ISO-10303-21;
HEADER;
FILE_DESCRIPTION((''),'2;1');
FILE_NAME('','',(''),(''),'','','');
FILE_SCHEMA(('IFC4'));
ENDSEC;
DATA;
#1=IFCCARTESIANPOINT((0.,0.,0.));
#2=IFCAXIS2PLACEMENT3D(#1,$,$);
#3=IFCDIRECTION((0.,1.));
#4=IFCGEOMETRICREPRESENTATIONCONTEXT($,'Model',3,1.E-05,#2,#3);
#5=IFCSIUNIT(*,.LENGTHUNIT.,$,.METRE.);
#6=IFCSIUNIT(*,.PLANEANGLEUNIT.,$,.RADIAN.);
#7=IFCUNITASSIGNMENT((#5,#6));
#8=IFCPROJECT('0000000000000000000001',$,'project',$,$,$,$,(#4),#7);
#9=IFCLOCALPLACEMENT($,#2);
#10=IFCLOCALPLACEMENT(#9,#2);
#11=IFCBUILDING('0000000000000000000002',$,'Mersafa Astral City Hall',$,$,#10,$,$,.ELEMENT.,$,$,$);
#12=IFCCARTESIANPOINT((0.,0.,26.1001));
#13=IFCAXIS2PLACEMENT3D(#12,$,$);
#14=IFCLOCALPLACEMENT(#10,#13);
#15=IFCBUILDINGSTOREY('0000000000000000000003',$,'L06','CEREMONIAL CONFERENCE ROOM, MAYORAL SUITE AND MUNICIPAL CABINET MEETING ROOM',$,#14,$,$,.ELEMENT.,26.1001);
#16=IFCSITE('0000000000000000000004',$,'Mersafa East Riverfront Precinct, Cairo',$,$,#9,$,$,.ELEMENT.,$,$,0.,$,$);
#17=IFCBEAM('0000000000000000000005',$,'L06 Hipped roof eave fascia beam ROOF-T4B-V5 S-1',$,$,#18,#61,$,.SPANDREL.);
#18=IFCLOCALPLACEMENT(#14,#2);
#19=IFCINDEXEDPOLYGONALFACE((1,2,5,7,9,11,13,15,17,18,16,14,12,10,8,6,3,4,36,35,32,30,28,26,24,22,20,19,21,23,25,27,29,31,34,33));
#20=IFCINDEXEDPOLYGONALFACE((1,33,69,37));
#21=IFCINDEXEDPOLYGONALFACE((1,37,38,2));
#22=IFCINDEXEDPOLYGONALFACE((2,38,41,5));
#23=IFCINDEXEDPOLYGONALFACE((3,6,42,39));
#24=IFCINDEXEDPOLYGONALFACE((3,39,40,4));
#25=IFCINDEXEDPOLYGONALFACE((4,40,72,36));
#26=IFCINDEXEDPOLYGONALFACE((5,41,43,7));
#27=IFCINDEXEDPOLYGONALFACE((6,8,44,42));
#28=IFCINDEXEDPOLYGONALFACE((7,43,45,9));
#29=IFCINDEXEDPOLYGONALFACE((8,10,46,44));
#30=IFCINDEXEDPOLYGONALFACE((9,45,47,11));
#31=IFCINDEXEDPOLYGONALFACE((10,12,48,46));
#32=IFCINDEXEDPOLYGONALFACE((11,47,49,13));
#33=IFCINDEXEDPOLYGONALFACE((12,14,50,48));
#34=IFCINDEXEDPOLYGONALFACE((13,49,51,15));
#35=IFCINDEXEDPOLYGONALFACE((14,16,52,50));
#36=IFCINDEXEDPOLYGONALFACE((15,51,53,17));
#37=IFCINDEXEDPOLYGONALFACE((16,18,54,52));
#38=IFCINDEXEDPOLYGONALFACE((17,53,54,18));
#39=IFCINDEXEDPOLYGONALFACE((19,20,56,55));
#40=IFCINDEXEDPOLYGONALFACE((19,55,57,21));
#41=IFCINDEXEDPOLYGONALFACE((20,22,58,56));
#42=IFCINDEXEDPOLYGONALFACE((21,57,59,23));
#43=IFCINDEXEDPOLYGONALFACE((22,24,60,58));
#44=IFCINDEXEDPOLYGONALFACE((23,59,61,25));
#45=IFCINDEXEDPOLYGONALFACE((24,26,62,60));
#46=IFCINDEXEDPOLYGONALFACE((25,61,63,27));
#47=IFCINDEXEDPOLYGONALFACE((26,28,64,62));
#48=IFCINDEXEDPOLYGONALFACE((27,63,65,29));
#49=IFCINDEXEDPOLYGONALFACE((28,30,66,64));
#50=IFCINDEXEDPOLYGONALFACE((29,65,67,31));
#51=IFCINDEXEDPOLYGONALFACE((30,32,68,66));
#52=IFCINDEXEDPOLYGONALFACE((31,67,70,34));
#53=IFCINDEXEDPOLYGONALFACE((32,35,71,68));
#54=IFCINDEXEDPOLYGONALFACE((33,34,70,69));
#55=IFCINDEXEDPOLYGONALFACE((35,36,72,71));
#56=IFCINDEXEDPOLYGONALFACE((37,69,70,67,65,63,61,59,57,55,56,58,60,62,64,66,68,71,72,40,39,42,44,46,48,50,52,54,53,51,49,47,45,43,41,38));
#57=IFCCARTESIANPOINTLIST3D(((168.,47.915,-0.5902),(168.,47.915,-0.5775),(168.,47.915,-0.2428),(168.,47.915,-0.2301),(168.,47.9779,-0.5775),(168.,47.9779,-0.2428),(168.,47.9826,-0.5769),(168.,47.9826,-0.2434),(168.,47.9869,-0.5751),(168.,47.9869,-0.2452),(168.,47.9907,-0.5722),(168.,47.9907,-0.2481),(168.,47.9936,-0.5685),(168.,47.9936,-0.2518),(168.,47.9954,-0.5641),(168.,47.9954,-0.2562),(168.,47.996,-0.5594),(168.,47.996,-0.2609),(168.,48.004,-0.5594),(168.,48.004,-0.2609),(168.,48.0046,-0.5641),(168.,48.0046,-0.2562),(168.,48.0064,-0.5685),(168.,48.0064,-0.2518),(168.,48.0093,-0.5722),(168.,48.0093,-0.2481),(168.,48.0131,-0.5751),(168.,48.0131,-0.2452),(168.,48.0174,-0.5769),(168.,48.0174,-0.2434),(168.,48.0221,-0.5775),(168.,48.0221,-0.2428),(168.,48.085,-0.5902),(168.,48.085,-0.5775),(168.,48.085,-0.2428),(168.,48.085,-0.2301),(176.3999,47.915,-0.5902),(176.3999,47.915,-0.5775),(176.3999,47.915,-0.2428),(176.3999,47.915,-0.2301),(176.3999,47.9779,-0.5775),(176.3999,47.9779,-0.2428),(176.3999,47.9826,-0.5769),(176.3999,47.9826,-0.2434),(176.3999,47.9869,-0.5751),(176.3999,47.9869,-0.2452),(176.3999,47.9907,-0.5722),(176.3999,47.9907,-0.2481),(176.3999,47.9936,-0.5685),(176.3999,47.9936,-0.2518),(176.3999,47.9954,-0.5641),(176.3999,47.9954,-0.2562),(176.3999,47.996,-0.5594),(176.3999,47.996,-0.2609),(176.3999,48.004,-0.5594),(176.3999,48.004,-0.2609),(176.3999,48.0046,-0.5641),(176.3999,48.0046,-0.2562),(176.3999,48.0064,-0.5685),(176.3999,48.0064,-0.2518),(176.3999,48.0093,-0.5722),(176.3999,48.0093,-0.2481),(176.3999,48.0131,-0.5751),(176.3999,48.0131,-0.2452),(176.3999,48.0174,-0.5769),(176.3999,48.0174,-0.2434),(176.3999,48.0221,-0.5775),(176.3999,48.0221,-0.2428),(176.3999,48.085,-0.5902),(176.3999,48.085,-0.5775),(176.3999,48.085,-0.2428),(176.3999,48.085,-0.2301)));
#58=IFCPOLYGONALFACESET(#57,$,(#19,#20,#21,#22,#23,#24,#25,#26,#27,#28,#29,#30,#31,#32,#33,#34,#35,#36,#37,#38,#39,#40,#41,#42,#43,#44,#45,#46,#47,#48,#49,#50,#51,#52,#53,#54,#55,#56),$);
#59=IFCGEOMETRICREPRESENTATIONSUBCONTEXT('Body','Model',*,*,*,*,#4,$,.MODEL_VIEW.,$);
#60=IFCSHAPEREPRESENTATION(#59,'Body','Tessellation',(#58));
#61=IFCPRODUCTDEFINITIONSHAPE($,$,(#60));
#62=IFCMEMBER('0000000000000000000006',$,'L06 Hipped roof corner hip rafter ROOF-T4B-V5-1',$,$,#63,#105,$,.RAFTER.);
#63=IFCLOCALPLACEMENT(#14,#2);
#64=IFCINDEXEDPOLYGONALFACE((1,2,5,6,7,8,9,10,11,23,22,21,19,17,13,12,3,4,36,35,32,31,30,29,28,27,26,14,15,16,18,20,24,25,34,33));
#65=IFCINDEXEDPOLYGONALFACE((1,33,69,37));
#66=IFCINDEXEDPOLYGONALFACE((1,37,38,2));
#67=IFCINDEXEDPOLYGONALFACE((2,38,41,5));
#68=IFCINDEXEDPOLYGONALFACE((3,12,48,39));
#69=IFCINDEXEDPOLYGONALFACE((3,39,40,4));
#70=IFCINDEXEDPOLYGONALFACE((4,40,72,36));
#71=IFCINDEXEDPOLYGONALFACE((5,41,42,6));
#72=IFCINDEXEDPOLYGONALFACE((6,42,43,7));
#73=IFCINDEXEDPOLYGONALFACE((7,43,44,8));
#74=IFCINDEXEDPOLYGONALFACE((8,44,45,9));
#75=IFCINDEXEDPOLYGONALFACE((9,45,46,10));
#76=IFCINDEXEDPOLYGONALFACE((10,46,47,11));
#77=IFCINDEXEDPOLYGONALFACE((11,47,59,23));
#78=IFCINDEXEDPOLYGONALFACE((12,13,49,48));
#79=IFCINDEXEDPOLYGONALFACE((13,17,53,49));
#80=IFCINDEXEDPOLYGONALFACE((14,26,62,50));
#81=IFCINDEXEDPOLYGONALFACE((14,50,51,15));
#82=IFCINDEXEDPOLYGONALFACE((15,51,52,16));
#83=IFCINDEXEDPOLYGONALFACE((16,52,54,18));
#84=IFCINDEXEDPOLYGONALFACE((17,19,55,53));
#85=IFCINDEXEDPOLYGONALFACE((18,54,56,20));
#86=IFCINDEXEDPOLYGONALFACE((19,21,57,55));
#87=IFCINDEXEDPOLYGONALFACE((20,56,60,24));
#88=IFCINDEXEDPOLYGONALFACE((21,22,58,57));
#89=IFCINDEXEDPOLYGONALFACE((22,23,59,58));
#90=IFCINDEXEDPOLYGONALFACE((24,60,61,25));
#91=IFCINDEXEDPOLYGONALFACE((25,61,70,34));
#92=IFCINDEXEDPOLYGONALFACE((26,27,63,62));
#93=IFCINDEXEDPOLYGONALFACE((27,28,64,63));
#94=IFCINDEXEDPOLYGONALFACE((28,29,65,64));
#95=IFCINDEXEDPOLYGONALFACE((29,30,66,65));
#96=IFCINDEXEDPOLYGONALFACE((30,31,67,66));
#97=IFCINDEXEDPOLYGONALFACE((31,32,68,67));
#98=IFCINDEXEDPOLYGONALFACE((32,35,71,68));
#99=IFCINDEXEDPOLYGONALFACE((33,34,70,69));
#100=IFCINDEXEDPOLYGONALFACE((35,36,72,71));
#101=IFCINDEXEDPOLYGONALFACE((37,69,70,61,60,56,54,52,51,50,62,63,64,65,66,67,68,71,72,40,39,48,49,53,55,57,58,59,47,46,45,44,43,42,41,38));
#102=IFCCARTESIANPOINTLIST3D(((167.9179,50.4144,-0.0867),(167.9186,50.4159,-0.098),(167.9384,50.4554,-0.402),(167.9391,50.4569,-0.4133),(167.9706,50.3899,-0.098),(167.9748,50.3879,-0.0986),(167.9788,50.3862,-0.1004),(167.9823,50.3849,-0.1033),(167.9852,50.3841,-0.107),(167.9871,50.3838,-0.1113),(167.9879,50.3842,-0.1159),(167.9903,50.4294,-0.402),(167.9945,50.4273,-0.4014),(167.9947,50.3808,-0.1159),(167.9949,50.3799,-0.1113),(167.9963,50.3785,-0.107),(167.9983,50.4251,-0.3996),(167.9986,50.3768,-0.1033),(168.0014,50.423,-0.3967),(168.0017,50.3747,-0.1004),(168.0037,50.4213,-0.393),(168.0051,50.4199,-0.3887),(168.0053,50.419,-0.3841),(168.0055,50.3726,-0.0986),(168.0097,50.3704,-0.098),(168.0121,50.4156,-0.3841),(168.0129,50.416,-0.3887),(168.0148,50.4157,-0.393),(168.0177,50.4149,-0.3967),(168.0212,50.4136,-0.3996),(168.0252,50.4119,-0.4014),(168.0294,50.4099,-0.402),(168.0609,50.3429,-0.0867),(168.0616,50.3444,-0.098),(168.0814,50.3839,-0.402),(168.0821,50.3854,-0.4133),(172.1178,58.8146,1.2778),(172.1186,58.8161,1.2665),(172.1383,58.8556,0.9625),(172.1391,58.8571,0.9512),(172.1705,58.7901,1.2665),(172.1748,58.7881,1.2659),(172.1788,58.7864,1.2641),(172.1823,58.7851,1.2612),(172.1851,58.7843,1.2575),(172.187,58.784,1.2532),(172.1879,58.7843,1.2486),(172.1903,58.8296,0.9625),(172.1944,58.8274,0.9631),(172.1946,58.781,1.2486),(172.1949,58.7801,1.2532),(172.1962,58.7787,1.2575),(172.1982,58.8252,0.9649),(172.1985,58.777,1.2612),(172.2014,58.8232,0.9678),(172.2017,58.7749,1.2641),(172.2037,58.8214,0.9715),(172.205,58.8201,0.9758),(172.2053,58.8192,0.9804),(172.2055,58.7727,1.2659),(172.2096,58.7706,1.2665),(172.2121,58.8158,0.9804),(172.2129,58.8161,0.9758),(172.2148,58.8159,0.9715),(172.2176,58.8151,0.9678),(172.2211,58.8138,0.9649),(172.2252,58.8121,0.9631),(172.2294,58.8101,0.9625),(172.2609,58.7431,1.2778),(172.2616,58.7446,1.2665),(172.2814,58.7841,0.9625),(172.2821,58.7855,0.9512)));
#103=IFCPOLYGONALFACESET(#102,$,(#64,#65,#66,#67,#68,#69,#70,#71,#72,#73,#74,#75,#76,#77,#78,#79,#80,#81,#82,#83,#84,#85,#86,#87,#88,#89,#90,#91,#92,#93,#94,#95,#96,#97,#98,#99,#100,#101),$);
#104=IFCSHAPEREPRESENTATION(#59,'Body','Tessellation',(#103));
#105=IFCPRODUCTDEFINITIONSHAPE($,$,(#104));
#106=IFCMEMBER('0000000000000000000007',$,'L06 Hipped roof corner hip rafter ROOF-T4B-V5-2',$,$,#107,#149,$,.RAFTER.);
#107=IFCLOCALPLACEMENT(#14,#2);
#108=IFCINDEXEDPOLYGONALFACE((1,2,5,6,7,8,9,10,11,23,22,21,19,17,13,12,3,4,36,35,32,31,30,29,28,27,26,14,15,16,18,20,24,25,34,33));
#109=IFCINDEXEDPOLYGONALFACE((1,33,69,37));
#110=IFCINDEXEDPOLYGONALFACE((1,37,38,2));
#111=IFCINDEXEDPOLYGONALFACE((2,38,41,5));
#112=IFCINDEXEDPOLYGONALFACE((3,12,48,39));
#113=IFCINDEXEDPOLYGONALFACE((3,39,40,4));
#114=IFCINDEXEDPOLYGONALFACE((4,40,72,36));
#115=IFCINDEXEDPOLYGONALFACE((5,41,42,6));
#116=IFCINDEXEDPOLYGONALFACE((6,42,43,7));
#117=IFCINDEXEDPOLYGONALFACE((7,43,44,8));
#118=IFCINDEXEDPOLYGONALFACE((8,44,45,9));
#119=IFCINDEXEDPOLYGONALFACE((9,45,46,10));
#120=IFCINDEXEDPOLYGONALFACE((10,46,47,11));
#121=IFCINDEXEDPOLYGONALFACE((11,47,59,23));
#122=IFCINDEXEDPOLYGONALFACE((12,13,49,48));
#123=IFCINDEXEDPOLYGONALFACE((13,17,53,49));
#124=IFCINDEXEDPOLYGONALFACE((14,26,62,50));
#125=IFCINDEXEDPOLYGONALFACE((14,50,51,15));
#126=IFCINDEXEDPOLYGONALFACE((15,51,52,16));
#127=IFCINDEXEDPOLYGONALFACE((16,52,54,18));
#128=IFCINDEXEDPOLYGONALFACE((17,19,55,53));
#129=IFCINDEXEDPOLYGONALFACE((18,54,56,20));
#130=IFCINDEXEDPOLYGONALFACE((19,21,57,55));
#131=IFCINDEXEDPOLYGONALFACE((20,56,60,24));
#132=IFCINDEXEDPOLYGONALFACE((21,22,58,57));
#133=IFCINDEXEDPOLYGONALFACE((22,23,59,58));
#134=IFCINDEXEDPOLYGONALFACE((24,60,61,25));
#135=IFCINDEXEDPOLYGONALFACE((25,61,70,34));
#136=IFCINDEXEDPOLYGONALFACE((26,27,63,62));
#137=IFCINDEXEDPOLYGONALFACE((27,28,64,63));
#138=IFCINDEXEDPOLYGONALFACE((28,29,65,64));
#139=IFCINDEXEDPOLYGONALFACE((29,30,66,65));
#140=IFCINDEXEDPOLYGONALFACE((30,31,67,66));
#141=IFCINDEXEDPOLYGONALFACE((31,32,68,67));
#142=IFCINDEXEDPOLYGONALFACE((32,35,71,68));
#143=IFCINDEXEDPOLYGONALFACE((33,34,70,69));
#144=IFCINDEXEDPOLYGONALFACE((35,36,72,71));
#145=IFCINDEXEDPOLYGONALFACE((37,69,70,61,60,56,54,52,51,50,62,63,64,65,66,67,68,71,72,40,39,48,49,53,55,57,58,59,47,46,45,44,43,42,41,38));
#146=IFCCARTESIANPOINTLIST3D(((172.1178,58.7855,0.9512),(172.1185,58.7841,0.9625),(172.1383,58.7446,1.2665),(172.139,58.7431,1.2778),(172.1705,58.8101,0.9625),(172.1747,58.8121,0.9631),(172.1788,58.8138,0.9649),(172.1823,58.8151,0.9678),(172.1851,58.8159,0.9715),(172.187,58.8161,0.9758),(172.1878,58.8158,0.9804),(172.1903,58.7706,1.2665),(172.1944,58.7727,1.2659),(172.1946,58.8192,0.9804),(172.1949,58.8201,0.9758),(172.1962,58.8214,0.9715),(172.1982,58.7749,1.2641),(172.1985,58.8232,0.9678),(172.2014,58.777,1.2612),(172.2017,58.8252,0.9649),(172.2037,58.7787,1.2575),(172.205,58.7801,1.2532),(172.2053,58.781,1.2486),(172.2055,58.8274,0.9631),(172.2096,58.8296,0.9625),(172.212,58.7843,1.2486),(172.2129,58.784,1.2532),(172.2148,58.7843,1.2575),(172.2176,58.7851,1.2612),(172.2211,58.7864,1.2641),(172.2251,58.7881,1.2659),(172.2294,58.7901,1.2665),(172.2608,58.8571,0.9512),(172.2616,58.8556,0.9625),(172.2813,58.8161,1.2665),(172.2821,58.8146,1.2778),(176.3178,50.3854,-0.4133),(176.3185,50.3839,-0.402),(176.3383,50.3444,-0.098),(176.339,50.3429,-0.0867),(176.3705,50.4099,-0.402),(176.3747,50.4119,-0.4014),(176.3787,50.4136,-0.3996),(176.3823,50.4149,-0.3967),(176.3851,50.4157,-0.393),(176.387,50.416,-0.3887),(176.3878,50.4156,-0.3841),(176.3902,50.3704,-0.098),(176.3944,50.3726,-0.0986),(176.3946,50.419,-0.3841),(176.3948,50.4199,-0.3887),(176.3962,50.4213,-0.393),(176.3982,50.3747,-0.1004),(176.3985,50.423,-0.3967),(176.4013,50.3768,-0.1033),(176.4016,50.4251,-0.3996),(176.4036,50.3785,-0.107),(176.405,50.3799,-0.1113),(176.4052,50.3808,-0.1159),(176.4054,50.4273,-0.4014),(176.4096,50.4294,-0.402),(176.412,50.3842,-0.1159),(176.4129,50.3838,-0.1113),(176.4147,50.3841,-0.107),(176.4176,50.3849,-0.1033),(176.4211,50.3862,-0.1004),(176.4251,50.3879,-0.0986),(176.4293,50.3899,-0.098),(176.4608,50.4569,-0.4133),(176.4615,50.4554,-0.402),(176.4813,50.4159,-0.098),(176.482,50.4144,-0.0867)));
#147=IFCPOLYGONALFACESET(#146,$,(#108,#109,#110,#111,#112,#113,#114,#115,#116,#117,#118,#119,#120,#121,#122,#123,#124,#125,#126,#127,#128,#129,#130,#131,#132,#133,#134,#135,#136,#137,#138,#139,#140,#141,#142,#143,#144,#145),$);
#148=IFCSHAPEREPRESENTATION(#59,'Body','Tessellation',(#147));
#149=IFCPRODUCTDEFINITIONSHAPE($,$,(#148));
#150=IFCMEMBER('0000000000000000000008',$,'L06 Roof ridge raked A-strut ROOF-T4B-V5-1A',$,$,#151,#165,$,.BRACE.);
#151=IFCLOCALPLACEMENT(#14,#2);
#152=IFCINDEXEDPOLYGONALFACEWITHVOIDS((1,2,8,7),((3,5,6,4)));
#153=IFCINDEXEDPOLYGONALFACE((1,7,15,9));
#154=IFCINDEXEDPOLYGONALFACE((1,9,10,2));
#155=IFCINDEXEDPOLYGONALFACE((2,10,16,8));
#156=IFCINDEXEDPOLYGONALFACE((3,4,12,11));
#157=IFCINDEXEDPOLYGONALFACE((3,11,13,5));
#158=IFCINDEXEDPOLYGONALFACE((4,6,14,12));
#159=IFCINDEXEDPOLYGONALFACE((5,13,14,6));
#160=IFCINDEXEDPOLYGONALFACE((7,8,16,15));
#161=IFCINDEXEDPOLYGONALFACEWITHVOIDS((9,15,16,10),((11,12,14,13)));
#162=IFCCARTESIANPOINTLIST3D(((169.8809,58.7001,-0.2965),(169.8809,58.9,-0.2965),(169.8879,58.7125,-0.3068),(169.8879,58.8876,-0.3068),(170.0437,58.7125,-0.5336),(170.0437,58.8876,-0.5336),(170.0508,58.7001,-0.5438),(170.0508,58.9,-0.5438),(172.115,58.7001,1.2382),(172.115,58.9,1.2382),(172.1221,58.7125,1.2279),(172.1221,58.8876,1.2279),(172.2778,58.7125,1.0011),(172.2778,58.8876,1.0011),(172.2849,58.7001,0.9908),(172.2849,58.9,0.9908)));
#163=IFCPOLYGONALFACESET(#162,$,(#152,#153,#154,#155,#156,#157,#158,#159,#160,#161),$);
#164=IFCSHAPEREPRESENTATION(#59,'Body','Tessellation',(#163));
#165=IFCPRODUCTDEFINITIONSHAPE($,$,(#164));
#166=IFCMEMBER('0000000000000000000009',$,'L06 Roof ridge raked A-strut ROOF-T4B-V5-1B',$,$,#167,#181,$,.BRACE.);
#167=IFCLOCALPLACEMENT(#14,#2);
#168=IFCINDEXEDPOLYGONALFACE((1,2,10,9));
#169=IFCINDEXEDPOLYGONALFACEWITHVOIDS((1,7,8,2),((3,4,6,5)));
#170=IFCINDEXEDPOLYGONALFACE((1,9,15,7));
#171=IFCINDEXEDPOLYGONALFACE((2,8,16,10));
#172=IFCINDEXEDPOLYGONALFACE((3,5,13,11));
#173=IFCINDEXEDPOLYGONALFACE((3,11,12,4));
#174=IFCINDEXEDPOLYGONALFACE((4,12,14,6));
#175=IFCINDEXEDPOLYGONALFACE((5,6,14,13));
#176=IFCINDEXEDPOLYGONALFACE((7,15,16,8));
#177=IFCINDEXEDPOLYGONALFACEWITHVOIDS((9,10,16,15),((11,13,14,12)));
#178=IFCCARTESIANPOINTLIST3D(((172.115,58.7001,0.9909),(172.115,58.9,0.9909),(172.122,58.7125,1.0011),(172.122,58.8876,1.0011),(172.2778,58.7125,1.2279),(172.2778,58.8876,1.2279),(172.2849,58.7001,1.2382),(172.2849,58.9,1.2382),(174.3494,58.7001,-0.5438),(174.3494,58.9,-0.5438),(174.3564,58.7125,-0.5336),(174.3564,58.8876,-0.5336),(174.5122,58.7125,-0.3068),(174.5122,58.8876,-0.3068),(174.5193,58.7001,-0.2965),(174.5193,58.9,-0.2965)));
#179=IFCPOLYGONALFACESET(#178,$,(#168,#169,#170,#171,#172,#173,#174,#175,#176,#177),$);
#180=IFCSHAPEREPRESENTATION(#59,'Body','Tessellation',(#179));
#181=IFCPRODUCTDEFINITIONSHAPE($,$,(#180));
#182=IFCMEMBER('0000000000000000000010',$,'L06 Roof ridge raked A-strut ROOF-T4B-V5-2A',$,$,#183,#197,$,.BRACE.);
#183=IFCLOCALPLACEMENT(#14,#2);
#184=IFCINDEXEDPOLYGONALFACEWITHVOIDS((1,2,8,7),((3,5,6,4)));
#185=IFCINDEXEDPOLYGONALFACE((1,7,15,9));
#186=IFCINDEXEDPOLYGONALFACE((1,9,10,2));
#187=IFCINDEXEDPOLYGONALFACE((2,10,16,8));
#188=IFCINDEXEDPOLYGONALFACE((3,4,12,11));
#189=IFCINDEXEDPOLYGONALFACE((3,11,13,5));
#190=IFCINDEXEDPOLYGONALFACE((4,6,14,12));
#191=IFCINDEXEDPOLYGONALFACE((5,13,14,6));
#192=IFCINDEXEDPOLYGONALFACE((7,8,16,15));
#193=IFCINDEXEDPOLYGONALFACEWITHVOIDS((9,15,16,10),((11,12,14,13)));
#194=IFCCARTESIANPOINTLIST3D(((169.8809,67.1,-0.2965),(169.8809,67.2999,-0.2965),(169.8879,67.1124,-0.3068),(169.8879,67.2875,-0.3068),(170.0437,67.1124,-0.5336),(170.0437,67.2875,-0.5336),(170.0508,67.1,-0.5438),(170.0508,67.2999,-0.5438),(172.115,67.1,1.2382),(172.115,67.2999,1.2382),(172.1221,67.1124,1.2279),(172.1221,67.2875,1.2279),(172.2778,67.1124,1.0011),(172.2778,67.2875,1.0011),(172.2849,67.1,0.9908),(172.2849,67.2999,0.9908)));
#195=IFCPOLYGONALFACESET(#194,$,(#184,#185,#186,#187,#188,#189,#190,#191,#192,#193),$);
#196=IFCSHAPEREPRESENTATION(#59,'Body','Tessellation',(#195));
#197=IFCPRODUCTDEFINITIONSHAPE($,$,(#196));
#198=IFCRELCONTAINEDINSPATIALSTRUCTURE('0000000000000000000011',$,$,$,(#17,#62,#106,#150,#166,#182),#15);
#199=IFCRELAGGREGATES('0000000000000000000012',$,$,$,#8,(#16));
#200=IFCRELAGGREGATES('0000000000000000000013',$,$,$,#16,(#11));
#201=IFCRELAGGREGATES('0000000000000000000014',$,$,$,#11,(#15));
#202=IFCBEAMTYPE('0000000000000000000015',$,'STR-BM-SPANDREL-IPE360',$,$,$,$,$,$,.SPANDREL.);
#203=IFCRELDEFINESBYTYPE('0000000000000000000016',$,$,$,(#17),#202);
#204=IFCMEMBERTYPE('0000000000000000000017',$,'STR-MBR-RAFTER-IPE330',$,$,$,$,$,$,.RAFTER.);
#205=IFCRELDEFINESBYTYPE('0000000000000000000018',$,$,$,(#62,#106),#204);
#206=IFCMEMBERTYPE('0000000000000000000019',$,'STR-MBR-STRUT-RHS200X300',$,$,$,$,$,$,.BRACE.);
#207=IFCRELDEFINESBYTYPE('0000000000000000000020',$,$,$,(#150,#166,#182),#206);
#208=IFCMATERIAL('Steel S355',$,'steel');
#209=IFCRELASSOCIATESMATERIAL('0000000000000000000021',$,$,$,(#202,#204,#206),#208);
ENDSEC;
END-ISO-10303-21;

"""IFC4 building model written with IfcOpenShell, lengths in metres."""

from ifc_helpers import new_model, si_unit, direction, frame, origin, origin_2d, place, context, subcontext, project, spatial, hollow_rectangle, i_section, extrude, material, material_profile, profile_set, type_object, element, save


model = new_model("IFC4")

# Units and contexts
model_context = context("Model", 3, precision=1e-05, world=origin(), true_north=direction((0.0, 1.0)))
body_context = subcontext(model_context, "Body", "Model", "MODEL_VIEW")
ifc_project = project(units=[si_unit("LENGTHUNIT", "METRE"), si_unit("PLANEANGLEUNIT", "RADIAN")], contexts=[model_context])

# Site, building, storey
site_placement = place(None, origin())
site = spatial("IfcSite", under=ifc_project, at=site_placement, Name="Mersafa East Riverfront Precinct, Cairo", CompositionType="ELEMENT", RefElevation=0.0)
building_placement = place(site_placement, origin())
building = spatial("IfcBuilding", under=site, at=building_placement, Name="Mersafa Astral City Hall", CompositionType="ELEMENT")
storey_placement = place(building_placement, frame((0.0, 0.0, 26.1001)))
storey = spatial("IfcBuildingStorey", under=building, at=storey_placement, Name="L06", Description="CEREMONIAL CONFERENCE ROOM, MAYORAL SUITE AND MUNICIPAL CABINET MEETING ROOM", CompositionType="ELEMENT", Elevation=26.1001)

# Beam
ifc_material_1 = material(Name="Steel S355", Category="steel")
ifc_material_profile_1 = material_profile(ifc_material_1, i_section(OverallWidth=0.1699, OverallDepth=0.3601, WebThickness=0.0081, FlangeThickness=0.0127, FilletRadius=0.0181, at=origin_2d()), Name="IPE 360")
ifc_profile_set_1 = profile_set([ifc_material_profile_1], Name="Steel S355")
beam_type_1 = type_object("IfcBeamType", Name="STR-BM-SPANDREL-IPE360", PredefinedType="SPANDREL", material=ifc_profile_set_1)
beam_1_placement = place(storey_placement, frame((168.0, 48.0, -0.4102), z_axis=(1.0, 0.0, 0.0), x_axis=(0.0, 1.0, 0.0)))
element("IfcBeam", 1, at=beam_1_placement, inside=storey, type_object=beam_type_1, Name="L06 Hipped roof eave fascia beam ROOF-T4B-V5 S-1", PredefinedType="SPANDREL", context=body_context, shape_type="SweptSolid", body=[
    extrude(i_section(OverallWidth=0.1699, OverallDepth=0.3601, WebThickness=0.0081, FlangeThickness=0.0127, FilletRadius=0.0181, at=origin_2d()), origin(), (0.0, 0.0, 1.0), 8.3999),
])

# Members
ifc_material_profile_2 = material_profile(ifc_material_1, i_section(OverallWidth=0.1599, OverallDepth=0.3301, WebThickness=0.0076, FlangeThickness=0.0115, FilletRadius=0.0181, at=origin_2d()), Name="IPE 330")
ifc_profile_set_2 = profile_set([ifc_material_profile_2], Name="Steel S355")
member_type_1 = type_object("IfcMemberType", Name="STR-MBR-RAFTER-IPE330", PredefinedType="RAFTER", material=ifc_profile_set_2)
for number, where, z_axis, x_axis, name in (
    (2, (168.0, 50.3999, -0.25), (0.442557, 0.885139, 0.14378), (-0.894432, 0.447203, 0.0), "L06 Hipped roof corner hip rafter ROOF-T4B-V5-1"),
    (3, (176.3999, 50.3999, -0.25), (-0.442557, 0.885139, 0.14378), (-0.894432, -0.447203, 0.0), "L06 Hipped roof corner hip rafter ROOF-T4B-V5-2"),
):
    element("IfcMember", number, at=place(storey_placement, frame(where, z_axis=z_axis, x_axis=x_axis)), inside=storey, type_object=member_type_1, Name=name, PredefinedType="RAFTER", context=body_context, shape_type="SweptSolid", body=[
        extrude(i_section(OverallWidth=0.1599, OverallDepth=0.3301, WebThickness=0.0076, FlangeThickness=0.0115, FilletRadius=0.0181, at=origin_2d()), origin(), (0.0, 0.0, 1.0), 9.4902),
    ])
ifc_material_profile_3 = material_profile(ifc_material_1, hollow_rectangle(XDim=0.2, YDim=0.3, WallThickness=0.0125, at=origin_2d()), Name="RHS 200x300x12.5")
ifc_profile_set_3 = profile_set([ifc_material_profile_3], Name="Steel S355")
member_type_2 = type_object("IfcMemberType", Name="STR-MBR-STRUT-RHS200X300", PredefinedType="BRACE", material=ifc_profile_set_3)
member_1_placement = place(storey_placement, frame((169.9658, 58.8, -0.4202), z_axis=(0.824265, 0.0, 0.566204), x_axis=(0.0, 1.0, 0.0)))
element("IfcMember", 4, at=member_1_placement, inside=storey, type_object=member_type_2, Name="L06 Roof ridge raked A-strut ROOF-T4B-V5-1A", PredefinedType="BRACE", context=body_context, shape_type="SweptSolid", body=[
    extrude(hollow_rectangle(XDim=0.2, YDim=0.3, WallThickness=0.0125, at=origin_2d()), origin(), (0.0, 0.0, 1.0), 2.7104),
])
member_2_placement = place(storey_placement, frame((174.4343, 58.8, -0.4202), z_axis=(-0.824294, 0.0, 0.566162), x_axis=(0.0, -1.0, 0.0)))
element("IfcMember", 5, at=member_2_placement, inside=storey, type_object=member_type_2, Name="L06 Roof ridge raked A-strut ROOF-T4B-V5-1B", PredefinedType="BRACE", context=body_context, shape_type="SweptSolid", body=[
    extrude(hollow_rectangle(XDim=0.2, YDim=0.3, WallThickness=0.0125, at=origin_2d()), origin(), (0.0, 0.0, 1.0), 2.7107),
])
member_3_placement = place(storey_placement, frame((169.9658, 67.2, -0.4202), z_axis=(0.824265, 0.0, 0.566204), x_axis=(0.0, 1.0, 0.0)))
element("IfcMember", 6, at=member_3_placement, inside=storey, type_object=member_type_2, Name="L06 Roof ridge raked A-strut ROOF-T4B-V5-2A", PredefinedType="BRACE", context=body_context, shape_type="SweptSolid", body=[
    extrude(hollow_rectangle(XDim=0.2, YDim=0.3, WallThickness=0.0125, at=origin_2d()), origin(), (0.0, 0.0, 1.0), 2.7104),
])

save(model, "model.ifc")
